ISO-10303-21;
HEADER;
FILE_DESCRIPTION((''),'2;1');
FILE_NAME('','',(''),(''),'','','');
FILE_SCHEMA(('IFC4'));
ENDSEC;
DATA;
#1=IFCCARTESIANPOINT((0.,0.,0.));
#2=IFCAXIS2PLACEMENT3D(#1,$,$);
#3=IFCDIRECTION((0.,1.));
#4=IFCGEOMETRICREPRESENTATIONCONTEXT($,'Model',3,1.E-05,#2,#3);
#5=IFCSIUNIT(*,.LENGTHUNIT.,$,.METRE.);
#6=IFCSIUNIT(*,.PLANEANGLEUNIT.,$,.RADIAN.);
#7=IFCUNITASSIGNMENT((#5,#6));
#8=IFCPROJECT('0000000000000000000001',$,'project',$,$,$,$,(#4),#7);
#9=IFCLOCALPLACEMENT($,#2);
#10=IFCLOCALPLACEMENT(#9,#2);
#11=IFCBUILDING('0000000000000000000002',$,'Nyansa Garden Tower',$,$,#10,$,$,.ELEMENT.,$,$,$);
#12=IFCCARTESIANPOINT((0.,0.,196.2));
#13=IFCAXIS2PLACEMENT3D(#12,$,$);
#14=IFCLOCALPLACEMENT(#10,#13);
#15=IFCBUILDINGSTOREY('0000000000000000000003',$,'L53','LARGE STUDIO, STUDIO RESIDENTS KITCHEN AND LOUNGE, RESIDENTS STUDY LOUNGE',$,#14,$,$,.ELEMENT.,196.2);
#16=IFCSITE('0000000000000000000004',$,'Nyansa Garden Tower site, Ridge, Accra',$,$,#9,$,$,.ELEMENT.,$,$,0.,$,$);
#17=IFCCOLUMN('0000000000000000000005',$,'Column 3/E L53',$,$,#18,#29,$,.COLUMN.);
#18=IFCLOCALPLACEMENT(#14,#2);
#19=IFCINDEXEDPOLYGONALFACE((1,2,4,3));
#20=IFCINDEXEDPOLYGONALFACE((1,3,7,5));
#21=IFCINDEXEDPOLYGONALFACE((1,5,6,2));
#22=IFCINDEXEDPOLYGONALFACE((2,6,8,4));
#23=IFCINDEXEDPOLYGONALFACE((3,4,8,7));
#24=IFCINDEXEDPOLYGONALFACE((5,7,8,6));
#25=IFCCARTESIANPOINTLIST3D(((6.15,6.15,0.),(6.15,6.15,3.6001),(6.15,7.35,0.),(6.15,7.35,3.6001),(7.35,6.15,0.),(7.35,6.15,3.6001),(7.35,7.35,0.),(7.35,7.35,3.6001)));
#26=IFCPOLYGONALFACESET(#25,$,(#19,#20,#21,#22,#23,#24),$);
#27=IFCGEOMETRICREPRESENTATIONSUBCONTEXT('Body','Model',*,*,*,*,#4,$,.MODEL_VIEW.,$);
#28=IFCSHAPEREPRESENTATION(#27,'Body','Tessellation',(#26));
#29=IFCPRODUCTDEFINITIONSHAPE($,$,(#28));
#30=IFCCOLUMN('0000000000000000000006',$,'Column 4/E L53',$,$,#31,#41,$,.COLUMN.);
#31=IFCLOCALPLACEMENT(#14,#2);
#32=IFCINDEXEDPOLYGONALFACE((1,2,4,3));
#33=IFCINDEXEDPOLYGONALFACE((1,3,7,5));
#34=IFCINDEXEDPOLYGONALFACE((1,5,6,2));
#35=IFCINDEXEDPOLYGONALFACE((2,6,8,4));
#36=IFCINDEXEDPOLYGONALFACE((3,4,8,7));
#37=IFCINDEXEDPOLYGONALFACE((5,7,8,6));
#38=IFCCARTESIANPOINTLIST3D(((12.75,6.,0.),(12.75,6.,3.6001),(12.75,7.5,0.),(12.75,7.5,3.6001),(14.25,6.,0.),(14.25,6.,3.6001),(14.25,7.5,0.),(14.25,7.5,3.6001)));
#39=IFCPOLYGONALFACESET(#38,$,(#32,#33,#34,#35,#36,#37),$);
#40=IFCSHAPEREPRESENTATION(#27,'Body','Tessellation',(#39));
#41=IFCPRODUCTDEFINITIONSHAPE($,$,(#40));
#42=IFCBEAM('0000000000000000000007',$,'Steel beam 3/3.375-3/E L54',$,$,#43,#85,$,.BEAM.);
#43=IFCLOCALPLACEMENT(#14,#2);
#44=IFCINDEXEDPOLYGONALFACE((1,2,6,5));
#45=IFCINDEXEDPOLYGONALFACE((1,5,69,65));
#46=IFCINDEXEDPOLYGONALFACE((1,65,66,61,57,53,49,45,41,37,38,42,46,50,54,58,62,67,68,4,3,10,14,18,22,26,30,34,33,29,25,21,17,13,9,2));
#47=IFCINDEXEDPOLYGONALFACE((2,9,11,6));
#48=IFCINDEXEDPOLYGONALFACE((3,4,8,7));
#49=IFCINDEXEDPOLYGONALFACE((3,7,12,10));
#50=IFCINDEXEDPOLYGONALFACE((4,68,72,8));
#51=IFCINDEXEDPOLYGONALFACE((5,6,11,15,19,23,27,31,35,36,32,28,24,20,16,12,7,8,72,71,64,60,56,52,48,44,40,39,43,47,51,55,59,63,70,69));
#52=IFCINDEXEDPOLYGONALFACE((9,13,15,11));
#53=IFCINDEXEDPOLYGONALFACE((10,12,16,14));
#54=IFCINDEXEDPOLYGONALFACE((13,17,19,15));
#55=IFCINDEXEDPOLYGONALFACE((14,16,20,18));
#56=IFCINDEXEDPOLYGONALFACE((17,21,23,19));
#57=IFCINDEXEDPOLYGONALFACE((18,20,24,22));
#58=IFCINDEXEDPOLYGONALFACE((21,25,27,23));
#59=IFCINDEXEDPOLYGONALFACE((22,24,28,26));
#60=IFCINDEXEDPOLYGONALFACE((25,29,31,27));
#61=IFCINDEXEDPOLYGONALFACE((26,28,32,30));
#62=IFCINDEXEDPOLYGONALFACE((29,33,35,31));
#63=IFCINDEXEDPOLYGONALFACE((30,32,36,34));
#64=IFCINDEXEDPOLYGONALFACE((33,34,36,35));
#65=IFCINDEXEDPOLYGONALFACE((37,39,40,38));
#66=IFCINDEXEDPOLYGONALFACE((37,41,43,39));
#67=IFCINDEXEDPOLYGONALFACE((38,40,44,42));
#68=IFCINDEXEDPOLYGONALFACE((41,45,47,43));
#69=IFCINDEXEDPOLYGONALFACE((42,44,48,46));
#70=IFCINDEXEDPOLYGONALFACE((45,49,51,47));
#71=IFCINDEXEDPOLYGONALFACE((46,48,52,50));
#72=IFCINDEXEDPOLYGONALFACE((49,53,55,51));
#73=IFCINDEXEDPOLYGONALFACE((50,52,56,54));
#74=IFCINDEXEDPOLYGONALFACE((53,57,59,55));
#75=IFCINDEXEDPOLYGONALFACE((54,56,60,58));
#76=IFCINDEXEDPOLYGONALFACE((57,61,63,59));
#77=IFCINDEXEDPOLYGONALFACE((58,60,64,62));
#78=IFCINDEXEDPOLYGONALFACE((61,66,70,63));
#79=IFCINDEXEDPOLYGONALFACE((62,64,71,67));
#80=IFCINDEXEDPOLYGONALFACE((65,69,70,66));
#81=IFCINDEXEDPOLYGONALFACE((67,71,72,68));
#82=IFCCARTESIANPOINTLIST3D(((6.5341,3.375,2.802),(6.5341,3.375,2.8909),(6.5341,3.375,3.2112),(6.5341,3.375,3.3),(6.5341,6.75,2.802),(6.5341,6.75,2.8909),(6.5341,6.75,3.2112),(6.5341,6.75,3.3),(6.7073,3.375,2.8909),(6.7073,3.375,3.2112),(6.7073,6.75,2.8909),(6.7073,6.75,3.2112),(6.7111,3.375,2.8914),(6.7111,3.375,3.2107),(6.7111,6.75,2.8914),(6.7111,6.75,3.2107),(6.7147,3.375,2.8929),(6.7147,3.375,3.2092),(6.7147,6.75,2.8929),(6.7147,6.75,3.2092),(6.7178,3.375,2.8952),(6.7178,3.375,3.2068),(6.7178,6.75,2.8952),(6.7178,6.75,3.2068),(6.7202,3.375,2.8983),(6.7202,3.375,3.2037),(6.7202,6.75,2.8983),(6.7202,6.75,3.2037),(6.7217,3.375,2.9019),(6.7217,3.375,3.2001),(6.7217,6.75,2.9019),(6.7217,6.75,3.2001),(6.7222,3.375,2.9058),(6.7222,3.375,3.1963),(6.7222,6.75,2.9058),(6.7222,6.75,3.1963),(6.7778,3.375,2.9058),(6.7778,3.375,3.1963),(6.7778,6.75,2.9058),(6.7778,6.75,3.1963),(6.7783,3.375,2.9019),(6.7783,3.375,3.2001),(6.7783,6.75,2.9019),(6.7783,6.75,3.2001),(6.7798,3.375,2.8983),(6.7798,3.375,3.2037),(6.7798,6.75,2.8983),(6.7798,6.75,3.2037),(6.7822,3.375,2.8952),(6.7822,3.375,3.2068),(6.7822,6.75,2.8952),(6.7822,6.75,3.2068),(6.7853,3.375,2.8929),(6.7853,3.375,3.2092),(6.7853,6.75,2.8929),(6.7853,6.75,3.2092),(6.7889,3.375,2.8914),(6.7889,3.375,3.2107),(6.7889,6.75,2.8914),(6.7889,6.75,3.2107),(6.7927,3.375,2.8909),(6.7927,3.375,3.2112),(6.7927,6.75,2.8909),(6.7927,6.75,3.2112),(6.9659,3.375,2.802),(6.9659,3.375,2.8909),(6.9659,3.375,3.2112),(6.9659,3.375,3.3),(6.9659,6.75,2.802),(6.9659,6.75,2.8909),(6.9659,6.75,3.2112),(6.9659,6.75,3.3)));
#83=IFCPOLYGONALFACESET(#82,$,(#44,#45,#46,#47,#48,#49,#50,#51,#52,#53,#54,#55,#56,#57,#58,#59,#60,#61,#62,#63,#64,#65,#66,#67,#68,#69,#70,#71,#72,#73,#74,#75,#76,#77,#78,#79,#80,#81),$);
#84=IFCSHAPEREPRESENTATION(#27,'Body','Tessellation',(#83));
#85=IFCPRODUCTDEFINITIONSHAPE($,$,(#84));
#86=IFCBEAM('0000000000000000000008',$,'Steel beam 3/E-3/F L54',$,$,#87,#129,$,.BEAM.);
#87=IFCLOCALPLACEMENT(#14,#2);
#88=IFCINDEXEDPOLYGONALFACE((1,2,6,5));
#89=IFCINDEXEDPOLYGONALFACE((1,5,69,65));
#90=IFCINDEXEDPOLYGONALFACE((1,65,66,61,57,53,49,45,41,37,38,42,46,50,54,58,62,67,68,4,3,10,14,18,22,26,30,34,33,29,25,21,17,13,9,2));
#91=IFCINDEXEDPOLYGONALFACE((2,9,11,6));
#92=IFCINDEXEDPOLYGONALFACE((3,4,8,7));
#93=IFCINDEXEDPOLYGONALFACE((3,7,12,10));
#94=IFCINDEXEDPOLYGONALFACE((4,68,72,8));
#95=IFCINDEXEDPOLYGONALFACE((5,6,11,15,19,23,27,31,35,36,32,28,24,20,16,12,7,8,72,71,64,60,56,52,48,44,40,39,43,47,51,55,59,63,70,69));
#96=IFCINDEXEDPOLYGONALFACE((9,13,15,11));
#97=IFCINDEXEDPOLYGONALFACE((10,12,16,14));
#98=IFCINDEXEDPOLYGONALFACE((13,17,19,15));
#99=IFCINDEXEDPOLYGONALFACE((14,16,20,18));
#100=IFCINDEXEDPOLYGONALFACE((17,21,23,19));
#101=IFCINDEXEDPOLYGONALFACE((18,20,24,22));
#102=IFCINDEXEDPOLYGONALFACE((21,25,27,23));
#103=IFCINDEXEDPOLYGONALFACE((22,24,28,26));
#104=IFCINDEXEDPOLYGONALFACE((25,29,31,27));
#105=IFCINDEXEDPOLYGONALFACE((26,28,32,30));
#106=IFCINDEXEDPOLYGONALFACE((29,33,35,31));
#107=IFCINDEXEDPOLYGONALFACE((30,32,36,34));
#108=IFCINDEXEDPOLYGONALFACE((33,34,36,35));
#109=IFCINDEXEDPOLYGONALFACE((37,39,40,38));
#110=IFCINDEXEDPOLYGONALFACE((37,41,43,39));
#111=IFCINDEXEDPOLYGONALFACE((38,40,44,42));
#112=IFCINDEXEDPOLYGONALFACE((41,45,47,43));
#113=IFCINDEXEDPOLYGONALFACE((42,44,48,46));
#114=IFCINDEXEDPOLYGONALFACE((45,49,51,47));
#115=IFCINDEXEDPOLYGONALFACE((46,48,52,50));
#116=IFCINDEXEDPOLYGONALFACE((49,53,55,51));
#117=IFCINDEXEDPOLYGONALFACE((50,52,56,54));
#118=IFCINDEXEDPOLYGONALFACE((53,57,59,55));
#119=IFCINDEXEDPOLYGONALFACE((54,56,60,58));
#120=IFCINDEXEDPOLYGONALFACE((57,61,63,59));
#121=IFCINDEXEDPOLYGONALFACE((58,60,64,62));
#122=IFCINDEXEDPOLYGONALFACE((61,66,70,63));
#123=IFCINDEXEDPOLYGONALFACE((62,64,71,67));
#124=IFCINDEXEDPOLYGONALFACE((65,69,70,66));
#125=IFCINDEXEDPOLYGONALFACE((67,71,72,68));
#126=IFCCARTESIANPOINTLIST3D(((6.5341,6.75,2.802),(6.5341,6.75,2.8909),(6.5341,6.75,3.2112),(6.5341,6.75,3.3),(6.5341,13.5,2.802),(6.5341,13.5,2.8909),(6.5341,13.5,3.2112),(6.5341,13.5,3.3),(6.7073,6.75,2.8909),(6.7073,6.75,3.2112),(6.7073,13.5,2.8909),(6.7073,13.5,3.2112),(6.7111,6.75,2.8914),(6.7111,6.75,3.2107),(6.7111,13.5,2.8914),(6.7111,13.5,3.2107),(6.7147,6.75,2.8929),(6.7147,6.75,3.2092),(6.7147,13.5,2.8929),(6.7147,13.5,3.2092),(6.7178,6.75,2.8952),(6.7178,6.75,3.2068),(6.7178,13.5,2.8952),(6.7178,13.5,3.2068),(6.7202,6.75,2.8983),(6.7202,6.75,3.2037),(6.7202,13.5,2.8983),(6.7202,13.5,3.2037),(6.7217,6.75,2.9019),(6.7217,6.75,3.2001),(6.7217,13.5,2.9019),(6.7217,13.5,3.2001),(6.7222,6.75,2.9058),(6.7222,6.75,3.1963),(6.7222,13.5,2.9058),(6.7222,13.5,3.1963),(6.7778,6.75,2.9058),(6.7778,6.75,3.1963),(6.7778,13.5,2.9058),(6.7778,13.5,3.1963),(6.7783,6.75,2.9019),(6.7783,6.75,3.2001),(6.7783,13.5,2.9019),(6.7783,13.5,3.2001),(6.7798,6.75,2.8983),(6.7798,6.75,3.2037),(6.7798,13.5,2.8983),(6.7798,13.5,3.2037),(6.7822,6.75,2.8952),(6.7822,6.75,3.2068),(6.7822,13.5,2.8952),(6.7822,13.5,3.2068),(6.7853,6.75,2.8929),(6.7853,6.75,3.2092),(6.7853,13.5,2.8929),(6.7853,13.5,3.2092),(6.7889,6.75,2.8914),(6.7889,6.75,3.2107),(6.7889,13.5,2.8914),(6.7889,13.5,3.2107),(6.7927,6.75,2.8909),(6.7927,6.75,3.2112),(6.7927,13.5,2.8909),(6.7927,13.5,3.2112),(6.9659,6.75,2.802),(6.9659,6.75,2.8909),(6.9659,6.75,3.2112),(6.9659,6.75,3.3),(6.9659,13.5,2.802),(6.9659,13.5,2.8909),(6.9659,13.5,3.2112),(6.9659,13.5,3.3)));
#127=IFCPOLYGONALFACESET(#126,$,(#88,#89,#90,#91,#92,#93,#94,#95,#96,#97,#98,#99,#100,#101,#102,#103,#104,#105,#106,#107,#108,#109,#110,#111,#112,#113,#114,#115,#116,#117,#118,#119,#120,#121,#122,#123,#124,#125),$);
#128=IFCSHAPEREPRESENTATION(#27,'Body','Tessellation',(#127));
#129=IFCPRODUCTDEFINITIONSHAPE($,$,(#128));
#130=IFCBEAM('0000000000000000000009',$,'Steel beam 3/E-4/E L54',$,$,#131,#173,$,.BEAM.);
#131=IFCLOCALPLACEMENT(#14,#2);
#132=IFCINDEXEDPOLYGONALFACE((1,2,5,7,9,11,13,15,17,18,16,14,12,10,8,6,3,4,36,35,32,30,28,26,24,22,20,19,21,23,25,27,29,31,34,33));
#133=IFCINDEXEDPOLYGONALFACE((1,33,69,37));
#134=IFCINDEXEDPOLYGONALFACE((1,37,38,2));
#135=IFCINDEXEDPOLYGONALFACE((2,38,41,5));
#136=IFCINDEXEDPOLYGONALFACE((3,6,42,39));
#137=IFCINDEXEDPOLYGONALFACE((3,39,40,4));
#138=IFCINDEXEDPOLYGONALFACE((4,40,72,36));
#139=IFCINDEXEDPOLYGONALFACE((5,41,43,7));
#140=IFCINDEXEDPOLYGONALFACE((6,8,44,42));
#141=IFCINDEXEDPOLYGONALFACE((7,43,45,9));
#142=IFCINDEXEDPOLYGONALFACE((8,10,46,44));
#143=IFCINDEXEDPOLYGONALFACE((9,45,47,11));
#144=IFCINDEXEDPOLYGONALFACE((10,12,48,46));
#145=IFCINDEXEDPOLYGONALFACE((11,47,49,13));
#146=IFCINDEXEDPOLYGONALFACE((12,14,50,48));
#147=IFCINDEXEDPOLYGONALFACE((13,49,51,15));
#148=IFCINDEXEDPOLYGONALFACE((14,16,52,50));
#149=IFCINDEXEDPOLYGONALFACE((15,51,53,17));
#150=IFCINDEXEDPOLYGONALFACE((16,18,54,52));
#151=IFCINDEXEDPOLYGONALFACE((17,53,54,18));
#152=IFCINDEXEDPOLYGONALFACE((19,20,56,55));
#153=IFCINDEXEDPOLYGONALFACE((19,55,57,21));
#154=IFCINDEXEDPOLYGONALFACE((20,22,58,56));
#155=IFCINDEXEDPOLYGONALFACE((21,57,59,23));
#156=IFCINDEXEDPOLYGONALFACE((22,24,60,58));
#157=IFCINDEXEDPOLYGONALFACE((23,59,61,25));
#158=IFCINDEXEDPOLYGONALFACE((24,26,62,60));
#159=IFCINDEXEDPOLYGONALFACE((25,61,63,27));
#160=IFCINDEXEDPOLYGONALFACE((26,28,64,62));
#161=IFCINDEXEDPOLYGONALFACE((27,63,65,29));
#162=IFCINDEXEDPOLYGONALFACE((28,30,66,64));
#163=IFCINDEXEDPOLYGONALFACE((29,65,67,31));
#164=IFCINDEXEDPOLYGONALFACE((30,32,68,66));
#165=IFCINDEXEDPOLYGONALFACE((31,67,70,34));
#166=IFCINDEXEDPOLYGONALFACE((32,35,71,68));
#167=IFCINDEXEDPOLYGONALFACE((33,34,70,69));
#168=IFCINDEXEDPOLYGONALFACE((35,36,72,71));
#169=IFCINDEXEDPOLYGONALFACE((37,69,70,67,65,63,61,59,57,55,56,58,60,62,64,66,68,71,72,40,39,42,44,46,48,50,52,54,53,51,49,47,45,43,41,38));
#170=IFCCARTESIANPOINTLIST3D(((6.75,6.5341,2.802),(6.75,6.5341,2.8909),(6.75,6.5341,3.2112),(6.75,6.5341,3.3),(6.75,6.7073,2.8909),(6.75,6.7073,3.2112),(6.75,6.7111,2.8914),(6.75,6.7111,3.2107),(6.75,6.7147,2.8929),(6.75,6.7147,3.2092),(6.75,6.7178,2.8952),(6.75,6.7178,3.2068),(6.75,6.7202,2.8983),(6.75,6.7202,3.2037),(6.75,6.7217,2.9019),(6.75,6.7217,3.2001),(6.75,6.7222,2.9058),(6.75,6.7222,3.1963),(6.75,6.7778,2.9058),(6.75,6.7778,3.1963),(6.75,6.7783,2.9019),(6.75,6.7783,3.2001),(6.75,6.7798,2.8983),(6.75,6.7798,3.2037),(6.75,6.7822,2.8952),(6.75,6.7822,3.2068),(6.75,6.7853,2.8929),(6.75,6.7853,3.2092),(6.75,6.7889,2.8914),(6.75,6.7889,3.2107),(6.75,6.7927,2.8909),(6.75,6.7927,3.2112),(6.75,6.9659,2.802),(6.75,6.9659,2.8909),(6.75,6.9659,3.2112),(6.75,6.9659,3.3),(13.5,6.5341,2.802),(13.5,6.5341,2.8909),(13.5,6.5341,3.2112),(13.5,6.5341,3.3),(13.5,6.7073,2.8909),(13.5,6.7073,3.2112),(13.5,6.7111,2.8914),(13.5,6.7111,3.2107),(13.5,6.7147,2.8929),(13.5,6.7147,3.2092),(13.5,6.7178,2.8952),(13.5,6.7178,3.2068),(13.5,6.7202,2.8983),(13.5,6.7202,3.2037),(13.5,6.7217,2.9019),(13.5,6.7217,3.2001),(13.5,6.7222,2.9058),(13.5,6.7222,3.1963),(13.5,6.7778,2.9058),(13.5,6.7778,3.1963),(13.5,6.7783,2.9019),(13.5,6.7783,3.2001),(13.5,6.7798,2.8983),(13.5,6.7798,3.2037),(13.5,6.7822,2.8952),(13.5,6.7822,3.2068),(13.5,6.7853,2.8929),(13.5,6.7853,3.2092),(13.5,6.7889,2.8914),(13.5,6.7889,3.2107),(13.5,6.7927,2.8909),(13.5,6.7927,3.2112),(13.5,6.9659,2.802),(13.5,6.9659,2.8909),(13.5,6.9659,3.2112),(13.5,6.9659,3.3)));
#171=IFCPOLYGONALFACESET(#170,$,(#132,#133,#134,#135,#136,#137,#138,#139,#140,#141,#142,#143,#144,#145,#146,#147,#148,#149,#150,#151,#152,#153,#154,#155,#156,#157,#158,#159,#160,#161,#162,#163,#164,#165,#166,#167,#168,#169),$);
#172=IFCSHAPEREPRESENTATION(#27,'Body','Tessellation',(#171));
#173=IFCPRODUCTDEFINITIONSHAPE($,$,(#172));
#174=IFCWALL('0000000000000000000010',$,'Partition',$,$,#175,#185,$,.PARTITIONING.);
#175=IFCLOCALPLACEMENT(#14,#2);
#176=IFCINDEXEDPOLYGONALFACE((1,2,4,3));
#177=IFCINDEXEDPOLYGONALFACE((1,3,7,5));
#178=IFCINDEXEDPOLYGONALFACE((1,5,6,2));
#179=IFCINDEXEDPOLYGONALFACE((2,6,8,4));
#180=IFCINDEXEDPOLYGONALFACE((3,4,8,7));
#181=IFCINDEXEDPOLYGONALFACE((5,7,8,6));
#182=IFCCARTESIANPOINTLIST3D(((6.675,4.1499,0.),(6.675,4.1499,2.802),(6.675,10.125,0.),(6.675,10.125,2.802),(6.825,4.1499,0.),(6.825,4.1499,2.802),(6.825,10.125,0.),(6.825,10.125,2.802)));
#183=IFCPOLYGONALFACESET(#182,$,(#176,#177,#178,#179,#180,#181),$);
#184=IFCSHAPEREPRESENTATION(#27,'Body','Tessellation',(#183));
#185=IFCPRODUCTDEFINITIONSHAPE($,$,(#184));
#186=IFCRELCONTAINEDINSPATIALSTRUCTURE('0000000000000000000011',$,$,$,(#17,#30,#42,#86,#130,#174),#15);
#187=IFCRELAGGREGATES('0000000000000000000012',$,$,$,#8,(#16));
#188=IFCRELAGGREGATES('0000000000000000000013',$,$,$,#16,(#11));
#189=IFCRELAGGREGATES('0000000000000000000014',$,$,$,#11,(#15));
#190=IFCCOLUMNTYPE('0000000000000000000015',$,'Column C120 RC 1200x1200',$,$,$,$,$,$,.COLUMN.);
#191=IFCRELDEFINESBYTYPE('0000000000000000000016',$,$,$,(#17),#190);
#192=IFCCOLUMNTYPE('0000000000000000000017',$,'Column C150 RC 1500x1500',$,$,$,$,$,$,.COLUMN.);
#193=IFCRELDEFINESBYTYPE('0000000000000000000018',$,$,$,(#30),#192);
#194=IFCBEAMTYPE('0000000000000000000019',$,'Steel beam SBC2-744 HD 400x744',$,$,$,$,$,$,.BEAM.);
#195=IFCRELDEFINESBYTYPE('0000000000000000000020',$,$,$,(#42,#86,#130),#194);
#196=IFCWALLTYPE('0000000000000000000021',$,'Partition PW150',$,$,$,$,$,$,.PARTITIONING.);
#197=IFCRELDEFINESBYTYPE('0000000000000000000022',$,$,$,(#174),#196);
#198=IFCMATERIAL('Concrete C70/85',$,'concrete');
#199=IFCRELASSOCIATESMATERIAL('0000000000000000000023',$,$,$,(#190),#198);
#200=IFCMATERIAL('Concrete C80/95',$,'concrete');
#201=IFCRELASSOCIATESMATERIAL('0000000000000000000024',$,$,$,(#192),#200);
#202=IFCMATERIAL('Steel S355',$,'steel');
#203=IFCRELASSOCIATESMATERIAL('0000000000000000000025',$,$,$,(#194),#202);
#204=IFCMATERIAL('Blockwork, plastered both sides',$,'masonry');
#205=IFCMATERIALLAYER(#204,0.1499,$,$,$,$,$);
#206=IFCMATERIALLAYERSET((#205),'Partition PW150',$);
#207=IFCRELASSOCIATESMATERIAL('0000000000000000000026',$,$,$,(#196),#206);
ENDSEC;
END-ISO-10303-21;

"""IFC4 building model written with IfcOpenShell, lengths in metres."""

from ifc_helpers import new_model, si_unit, direction, frame, frame_2d, origin, origin_2d, place, context, subcontext, project, spatial, rectangle, i_section, extrude, material, layer, layer_set, material_profile, profile_set, type_object, element, save


model = new_model("IFC4")

# Units and contexts
model_context = context("Model", 3, precision=1e-05, world=origin(), true_north=direction((0.0, 1.0)))
body_context = subcontext(model_context, "Body", "Model", "MODEL_VIEW")
ifc_project = project(units=[si_unit("LENGTHUNIT", "METRE"), si_unit("PLANEANGLEUNIT", "RADIAN")], contexts=[model_context])

# Site, building, storey
site_placement = place(None, origin())
site = spatial("IfcSite", under=ifc_project, at=site_placement, Name="Nyansa Garden Tower site, Ridge, Accra", CompositionType="ELEMENT", RefElevation=0.0)
building_placement = place(site_placement, origin())
building = spatial("IfcBuilding", under=site, at=building_placement, Name="Nyansa Garden Tower", CompositionType="ELEMENT")
storey_placement = place(building_placement, frame((0.0, 0.0, 196.2)))
storey = spatial("IfcBuildingStorey", under=building, at=storey_placement, Name="L53", Description="LARGE STUDIO, STUDIO RESIDENTS KITCHEN AND LOUNGE, RESIDENTS STUDY LOUNGE", CompositionType="ELEMENT", Elevation=196.2)

# Columns
ifc_material_1 = material(Name="Concrete C70/85", Category="concrete")
ifc_material_profile_1 = material_profile(ifc_material_1, rectangle(XDim=1.2, YDim=1.2, at=origin_2d()), Name="RC 1200x1200")
ifc_profile_set_1 = profile_set([ifc_material_profile_1], Name="Concrete C70/85")
column_type_1 = type_object("IfcColumnType", Name="Column C120 RC 1200x1200", PredefinedType="COLUMN", material=ifc_profile_set_1)
column_1_placement = place(storey_placement, frame((6.75, 6.75, 0.0), z_axis=(0.0, 0.0, 1.0), x_axis=(1.0, 0.0, 0.0)))
element("IfcColumn", 1, at=column_1_placement, inside=storey, type_object=column_type_1, Name="Column 3/E L53", PredefinedType="COLUMN", context=body_context, shape_type="SweptSolid", body=[
    extrude(rectangle(XDim=1.2, YDim=1.2, at=origin_2d()), origin(), (0.0, 0.0, 1.0), 3.6001),
])
ifc_material_2 = material(Name="Concrete C80/95", Category="concrete")
ifc_material_profile_2 = material_profile(ifc_material_2, rectangle(XDim=1.5, YDim=1.5, at=origin_2d()), Name="RC 1500x1500")
ifc_profile_set_2 = profile_set([ifc_material_profile_2], Name="Concrete C80/95")
column_type_2 = type_object("IfcColumnType", Name="Column C150 RC 1500x1500", PredefinedType="COLUMN", material=ifc_profile_set_2)
column_2_placement = place(storey_placement, frame((13.5, 6.75, 0.0), z_axis=(0.0, 0.0, 1.0), x_axis=(1.0, 0.0, 0.0)))
element("IfcColumn", 2, at=column_2_placement, inside=storey, type_object=column_type_2, Name="Column 4/E L53", PredefinedType="COLUMN", context=body_context, shape_type="SweptSolid", body=[
    extrude(rectangle(XDim=1.5, YDim=1.5, at=origin_2d()), origin(), (0.0, 0.0, 1.0), 3.6001),
])

# Beams
ifc_material_3 = material(Name="Steel S355", Category="steel")
ifc_material_profile_3 = material_profile(ifc_material_3, i_section(OverallWidth=0.4319, OverallDepth=0.498, WebThickness=0.0557, FlangeThickness=0.0889, FilletRadius=0.0149, at=origin_2d()), Name="HD 400x744")
ifc_profile_set_3 = profile_set([ifc_material_profile_3], Name="Steel S355")
beam_type = type_object("IfcBeamType", Name="Steel beam SBC2-744 HD 400x744", PredefinedType="BEAM", material=ifc_profile_set_3)
beam_placement = place(storey_placement, frame((6.75, 3.375, 3.051), z_axis=(0.0, 1.0, 0.0), x_axis=(-1.0, 0.0, 0.0)))
element("IfcBeam", 3, at=beam_placement, inside=storey, type_object=beam_type, Name="Steel beam 3/3.375-3/E L54", PredefinedType="BEAM", context=body_context, shape_type="SweptSolid", body=[
    extrude(i_section(OverallWidth=0.4319, OverallDepth=0.498, WebThickness=0.0557, FlangeThickness=0.0889, FilletRadius=0.0149, at=origin_2d()), origin(), (0.0, 0.0, 1.0), 3.375),
])
for number, where, z_axis, x_axis, name in (
    (4, (6.75, 6.75, 3.051), (0.0, 1.0, 0.0), (-1.0, 0.0, 0.0), "Steel beam 3/E-3/F L54"),
    (5, (6.75, 6.75, 3.051), (1.0, 0.0, 0.0), (0.0, 1.0, 0.0), "Steel beam 3/E-4/E L54"),
):
    element("IfcBeam", number, at=place(storey_placement, frame(where, z_axis=z_axis, x_axis=x_axis)), inside=storey, type_object=beam_type, Name=name, PredefinedType="BEAM", context=body_context, shape_type="SweptSolid", body=[
        extrude(i_section(OverallWidth=0.4319, OverallDepth=0.498, WebThickness=0.0557, FlangeThickness=0.0889, FilletRadius=0.0149, at=origin_2d()), origin(), (0.0, 0.0, 1.0), 6.75),
    ])

# Wall
ifc_material_4 = material(Name="Blockwork, plastered both sides", Category="masonry")
ifc_layer_1 = layer(ifc_material_4, 0.1499)
ifc_layer_set_1 = layer_set([ifc_layer_1], Name="Partition PW150")
wall_type_1 = type_object("IfcWallType", Name="Partition PW150", PredefinedType="PARTITIONING", material=ifc_layer_set_1)
wall_1_placement = place(storey_placement, frame((6.75, 4.1499, 0.0), z_axis=(0.0, 0.0, 1.0), x_axis=(0.0, 1.0, 0.0)))
element("IfcWall", 6, at=wall_1_placement, inside=storey, type_object=wall_type_1, Name="Partition", PredefinedType="PARTITIONING", context=body_context, shape_type="SweptSolid", body=[
    extrude(rectangle(XDim=5.9751, YDim=0.1499, at=frame_2d((2.9875, 0.0))), origin(), (0.0, 0.0, 1.0), 2.802),
])

save(model, "model.ifc")
